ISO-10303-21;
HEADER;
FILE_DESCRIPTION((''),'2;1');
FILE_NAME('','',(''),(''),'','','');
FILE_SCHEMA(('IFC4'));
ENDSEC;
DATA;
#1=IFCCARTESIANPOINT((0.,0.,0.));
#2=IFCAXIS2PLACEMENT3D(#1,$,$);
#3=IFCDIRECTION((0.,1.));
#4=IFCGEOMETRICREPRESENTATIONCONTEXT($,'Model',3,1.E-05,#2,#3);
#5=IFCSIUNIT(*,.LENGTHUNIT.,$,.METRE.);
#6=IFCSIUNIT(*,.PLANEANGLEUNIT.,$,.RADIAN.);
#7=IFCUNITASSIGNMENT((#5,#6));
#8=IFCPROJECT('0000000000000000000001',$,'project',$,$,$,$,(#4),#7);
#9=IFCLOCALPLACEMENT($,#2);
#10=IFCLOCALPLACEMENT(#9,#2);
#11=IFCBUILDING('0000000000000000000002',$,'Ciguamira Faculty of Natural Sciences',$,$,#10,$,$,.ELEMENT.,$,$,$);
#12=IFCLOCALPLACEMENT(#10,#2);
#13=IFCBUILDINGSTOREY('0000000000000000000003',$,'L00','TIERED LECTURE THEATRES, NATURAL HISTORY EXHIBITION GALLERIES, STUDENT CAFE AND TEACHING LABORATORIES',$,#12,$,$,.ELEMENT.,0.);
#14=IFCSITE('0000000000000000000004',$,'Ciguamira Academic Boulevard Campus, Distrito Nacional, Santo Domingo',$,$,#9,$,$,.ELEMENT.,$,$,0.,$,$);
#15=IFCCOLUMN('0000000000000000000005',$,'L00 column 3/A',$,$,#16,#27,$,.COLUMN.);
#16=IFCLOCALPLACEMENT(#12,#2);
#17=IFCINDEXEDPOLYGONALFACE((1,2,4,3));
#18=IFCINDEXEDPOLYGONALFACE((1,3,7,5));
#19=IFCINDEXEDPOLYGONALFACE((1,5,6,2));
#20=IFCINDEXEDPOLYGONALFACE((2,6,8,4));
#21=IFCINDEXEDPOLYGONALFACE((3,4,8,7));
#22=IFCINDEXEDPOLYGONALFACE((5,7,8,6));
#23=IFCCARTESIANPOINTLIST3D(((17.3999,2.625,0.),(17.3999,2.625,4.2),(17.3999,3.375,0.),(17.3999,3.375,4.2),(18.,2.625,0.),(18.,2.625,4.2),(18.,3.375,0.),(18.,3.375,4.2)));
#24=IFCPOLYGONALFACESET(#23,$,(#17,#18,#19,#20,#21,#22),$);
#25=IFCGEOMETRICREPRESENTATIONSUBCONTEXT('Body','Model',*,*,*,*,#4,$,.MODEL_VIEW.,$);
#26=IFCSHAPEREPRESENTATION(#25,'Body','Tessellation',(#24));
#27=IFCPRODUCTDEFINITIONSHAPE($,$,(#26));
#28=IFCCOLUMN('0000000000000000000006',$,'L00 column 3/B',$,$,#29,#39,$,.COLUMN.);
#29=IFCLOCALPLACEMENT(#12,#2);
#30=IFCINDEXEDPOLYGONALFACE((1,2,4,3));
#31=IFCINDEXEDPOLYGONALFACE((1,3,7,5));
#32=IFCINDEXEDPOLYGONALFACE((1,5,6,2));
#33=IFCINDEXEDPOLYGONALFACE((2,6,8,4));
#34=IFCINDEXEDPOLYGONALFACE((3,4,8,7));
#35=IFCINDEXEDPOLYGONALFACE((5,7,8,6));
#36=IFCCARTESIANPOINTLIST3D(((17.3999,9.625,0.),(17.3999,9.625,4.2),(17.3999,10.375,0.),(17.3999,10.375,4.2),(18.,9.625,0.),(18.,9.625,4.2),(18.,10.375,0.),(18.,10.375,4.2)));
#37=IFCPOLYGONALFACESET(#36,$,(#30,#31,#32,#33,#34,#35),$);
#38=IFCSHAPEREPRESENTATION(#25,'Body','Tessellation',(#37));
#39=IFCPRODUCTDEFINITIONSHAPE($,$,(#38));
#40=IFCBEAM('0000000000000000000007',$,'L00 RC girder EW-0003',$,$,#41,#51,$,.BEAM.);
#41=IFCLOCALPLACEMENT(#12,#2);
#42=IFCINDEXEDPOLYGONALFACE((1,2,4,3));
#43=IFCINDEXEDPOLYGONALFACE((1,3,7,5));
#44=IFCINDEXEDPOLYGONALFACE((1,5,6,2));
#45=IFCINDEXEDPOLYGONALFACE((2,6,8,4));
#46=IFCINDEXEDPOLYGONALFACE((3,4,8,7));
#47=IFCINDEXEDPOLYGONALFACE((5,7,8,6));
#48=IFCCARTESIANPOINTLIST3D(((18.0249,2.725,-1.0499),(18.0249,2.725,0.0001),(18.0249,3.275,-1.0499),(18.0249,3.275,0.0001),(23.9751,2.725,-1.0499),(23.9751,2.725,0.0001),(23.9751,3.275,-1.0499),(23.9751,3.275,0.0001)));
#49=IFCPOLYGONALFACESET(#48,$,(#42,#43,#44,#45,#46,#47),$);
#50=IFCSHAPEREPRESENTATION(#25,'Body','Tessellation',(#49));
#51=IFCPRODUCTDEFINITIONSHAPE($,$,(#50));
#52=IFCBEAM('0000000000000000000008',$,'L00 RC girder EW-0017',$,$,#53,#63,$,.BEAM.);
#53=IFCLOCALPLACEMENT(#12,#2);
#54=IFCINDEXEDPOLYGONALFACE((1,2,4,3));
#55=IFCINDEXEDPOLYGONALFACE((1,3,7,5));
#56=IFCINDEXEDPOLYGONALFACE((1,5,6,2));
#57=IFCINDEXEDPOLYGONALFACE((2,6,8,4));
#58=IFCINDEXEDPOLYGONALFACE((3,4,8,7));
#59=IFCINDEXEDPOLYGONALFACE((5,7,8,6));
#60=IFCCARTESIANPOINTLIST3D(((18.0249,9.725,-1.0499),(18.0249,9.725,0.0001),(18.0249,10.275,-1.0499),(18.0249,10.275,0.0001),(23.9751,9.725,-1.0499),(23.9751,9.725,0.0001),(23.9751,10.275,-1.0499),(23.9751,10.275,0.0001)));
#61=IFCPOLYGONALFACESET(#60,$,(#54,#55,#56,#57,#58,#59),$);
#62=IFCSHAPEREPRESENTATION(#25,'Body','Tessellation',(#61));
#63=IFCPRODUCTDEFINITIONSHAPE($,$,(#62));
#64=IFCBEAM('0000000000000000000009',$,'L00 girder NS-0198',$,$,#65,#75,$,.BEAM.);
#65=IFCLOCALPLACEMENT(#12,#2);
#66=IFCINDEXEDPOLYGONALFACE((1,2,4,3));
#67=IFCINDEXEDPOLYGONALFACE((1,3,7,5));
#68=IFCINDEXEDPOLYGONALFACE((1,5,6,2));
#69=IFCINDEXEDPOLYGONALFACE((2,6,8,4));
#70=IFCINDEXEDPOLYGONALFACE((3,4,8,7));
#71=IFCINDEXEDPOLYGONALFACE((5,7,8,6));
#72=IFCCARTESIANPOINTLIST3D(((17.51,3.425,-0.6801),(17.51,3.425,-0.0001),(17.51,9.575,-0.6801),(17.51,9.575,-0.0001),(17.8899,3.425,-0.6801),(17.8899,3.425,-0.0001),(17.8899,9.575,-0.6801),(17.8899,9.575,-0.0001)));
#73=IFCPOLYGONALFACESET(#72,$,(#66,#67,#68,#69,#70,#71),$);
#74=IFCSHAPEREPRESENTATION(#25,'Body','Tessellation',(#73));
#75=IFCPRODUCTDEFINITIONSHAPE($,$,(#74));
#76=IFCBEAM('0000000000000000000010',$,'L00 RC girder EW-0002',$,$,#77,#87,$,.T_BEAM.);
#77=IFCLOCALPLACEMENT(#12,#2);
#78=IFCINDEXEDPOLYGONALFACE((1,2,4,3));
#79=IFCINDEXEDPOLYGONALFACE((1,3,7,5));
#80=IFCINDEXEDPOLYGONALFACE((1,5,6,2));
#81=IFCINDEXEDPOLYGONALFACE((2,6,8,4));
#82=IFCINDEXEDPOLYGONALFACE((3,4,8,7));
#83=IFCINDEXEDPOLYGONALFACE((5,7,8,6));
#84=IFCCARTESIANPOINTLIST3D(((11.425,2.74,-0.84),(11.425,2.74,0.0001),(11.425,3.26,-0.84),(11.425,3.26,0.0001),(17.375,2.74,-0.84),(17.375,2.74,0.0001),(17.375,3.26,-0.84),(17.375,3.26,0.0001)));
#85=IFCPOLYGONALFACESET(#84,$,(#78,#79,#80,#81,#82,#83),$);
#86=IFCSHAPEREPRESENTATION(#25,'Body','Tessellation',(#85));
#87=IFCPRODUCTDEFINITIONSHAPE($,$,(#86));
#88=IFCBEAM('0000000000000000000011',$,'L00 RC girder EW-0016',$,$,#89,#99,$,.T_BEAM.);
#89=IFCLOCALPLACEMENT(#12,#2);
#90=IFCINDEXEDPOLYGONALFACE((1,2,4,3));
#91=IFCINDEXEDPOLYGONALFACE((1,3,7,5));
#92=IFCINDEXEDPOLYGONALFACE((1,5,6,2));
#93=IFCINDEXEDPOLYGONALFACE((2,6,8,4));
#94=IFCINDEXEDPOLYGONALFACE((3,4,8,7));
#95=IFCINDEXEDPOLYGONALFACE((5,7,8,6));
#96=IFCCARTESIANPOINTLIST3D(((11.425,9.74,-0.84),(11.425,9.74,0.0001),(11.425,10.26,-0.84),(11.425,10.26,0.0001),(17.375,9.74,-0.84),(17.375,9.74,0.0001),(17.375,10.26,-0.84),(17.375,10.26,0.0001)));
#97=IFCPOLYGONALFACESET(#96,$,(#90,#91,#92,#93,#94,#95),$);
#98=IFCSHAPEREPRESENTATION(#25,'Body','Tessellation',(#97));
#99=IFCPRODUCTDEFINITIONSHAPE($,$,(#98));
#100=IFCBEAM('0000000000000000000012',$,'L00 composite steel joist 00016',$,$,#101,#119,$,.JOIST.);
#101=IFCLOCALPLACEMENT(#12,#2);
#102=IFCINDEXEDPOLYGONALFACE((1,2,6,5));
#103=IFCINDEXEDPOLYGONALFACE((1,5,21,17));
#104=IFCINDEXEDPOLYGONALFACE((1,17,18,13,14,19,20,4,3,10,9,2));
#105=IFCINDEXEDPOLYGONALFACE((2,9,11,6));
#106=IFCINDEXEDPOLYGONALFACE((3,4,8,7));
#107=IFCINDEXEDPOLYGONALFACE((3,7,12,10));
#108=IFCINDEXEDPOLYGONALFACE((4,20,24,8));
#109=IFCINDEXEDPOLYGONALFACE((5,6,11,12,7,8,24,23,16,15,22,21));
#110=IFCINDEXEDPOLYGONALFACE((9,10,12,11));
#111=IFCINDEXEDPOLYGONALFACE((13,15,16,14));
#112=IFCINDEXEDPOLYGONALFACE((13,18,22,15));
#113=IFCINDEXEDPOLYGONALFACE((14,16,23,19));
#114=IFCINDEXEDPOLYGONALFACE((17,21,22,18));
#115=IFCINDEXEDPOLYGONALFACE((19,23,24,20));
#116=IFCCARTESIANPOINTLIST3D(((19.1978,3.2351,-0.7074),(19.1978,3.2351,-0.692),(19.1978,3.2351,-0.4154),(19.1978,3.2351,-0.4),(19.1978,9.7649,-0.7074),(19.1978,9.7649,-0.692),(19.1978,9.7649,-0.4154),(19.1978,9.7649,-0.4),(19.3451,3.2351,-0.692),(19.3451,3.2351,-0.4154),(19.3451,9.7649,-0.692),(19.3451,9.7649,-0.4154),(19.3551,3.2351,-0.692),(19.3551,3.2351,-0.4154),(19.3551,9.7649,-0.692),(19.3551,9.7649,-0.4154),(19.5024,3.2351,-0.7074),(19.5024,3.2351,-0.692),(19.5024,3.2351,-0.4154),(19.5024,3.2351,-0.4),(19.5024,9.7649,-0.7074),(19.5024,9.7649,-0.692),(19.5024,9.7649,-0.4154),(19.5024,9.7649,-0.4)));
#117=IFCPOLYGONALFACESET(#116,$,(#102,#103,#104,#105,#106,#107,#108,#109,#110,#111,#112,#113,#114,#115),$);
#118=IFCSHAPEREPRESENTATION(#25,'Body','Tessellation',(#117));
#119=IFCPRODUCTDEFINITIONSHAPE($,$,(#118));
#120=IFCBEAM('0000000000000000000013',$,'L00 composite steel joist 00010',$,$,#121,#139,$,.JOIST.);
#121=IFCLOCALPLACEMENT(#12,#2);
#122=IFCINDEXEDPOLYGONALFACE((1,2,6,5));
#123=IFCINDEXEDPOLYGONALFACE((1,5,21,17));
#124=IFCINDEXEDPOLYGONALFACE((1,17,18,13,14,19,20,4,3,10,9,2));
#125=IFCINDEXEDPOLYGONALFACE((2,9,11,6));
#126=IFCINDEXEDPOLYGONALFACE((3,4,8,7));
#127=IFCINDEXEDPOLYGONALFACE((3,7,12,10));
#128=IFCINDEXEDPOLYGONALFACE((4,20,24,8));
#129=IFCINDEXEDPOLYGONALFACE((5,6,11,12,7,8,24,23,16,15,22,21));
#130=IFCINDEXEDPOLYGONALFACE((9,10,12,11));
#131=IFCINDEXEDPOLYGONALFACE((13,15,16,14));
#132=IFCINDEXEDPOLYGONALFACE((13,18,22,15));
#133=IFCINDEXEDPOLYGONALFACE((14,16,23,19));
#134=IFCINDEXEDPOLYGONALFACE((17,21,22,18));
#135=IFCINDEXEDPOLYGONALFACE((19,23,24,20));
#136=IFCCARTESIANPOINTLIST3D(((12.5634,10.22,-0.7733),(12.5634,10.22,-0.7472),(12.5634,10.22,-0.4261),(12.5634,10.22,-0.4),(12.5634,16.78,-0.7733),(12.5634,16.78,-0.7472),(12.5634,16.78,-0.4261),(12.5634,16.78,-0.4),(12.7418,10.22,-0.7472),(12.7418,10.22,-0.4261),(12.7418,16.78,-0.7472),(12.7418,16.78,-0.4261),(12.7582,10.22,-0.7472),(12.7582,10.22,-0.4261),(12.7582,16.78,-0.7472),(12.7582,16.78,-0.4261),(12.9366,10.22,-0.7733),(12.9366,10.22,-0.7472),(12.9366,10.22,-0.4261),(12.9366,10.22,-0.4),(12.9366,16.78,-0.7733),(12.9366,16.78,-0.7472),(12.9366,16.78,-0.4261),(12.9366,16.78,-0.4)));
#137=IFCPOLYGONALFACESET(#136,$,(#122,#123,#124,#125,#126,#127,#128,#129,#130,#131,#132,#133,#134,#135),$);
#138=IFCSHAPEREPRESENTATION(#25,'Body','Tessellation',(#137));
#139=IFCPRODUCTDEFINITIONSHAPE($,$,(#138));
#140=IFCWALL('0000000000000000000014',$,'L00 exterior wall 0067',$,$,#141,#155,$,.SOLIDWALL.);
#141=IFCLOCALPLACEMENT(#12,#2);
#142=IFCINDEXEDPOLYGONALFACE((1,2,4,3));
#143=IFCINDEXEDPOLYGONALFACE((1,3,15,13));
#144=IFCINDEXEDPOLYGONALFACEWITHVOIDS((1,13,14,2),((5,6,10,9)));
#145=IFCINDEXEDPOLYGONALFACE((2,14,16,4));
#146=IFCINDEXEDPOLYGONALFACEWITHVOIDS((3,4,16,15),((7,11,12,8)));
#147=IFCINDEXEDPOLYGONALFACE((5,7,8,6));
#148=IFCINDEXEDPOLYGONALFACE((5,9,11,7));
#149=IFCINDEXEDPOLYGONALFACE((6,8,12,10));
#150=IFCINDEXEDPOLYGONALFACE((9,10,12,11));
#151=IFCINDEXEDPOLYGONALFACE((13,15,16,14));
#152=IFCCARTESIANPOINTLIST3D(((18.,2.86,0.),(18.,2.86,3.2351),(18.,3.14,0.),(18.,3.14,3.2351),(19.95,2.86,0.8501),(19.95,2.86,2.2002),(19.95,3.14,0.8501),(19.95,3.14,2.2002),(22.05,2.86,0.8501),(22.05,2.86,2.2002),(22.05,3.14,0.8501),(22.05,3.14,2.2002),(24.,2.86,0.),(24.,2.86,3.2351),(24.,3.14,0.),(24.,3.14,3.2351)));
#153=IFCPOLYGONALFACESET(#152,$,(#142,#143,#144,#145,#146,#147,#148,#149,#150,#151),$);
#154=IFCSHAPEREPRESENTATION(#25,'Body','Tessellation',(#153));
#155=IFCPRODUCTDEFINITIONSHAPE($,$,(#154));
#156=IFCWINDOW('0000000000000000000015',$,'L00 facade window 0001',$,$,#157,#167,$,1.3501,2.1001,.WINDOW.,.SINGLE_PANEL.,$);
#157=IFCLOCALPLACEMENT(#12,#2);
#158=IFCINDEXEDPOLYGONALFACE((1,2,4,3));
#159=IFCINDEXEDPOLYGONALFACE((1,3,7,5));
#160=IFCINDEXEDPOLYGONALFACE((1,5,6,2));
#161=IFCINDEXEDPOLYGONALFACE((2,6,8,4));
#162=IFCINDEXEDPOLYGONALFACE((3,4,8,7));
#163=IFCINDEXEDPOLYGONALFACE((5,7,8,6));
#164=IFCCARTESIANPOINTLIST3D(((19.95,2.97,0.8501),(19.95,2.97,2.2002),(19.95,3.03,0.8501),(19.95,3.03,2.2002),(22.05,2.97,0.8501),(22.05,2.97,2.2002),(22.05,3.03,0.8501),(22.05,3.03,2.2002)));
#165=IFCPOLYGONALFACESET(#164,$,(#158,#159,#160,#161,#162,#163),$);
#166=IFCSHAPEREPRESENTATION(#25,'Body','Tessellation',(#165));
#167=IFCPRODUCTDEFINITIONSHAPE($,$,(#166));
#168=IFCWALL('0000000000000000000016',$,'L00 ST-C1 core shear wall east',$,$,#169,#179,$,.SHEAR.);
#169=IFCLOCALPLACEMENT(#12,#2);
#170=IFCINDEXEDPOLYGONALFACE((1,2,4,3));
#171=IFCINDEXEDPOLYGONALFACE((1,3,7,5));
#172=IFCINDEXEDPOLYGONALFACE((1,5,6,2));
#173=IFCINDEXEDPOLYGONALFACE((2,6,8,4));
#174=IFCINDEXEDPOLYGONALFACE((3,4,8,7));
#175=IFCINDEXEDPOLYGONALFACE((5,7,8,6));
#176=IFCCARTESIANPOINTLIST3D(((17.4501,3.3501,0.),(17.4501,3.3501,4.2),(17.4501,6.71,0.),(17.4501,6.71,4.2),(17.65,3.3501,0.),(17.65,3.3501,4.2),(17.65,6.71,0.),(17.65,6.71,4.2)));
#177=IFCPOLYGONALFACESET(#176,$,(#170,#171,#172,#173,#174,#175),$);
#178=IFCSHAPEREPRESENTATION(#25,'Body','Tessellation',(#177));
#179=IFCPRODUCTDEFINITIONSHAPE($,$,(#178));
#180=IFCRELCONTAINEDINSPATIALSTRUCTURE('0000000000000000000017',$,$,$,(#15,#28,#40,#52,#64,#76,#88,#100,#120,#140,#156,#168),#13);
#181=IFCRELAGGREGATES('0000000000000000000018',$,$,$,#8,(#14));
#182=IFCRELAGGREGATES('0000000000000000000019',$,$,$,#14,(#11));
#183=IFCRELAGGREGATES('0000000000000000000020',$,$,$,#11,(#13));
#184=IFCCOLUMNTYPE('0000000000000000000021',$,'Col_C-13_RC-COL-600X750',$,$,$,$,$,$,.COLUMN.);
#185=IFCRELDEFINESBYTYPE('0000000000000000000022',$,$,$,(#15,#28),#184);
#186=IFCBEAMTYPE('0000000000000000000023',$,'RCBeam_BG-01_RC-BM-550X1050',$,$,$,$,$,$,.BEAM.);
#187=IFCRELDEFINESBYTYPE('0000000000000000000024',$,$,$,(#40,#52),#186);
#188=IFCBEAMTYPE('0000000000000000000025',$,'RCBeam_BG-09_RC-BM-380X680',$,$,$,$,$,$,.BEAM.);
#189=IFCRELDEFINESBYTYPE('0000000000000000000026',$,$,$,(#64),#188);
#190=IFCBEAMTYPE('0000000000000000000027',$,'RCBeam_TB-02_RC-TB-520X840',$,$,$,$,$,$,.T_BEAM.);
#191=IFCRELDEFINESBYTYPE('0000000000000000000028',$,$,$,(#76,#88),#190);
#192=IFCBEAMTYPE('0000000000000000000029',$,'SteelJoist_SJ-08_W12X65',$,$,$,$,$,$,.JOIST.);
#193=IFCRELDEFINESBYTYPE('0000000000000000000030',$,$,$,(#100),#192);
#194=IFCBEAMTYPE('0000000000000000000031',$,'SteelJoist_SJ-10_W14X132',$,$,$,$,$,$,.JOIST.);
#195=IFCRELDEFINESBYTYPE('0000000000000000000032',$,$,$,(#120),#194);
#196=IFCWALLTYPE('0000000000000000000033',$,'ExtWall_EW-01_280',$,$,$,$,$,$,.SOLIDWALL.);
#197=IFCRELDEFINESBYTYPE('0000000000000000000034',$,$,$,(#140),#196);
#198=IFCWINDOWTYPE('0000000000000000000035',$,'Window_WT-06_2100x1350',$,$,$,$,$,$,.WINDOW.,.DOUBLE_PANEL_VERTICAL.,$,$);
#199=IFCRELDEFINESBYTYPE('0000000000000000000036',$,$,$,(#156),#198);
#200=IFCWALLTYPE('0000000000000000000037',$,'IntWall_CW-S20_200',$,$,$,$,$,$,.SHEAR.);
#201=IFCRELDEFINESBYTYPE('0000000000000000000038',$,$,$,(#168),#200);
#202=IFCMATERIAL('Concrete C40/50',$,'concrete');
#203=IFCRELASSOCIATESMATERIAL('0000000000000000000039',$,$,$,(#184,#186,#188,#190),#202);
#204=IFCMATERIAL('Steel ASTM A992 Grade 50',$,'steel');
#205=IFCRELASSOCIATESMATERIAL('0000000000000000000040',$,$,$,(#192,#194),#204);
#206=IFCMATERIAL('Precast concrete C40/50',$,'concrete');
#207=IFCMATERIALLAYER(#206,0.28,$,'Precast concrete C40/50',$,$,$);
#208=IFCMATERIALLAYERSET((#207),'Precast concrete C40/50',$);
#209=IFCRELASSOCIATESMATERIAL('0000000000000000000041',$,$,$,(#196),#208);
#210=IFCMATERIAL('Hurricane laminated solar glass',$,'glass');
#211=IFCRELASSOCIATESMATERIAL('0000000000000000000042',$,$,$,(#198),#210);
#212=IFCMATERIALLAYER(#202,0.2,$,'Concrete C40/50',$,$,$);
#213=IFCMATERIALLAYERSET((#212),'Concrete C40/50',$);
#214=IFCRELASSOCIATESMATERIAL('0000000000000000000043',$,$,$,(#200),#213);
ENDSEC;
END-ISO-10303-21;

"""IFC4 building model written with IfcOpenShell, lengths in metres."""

from ifc_helpers import new_model, si_unit, direction, frame, frame_2d, origin, origin_2d, place, context, subcontext, project, spatial, rectangle, i_section, extrude, material, layer, layer_set, material_profile, profile_set, type_object, element, fill, save


model = new_model("IFC4")

# Units and contexts
model_context = context("Model", 3, precision=1e-05, world=origin(), true_north=direction((0.0, 1.0)))
body_context = subcontext(model_context, "Body", "Model", "MODEL_VIEW")
ifc_project = project(units=[si_unit("LENGTHUNIT", "METRE"), si_unit("PLANEANGLEUNIT", "RADIAN")], contexts=[model_context])

# Site, building, storey
site_placement = place(None, origin())
site = spatial("IfcSite", under=ifc_project, at=site_placement, Name="Ciguamira Academic Boulevard Campus, Distrito Nacional, Santo Domingo", CompositionType="ELEMENT", RefElevation=0.0)
building_placement = place(site_placement, origin())
building = spatial("IfcBuilding", under=site, at=building_placement, Name="Ciguamira Faculty of Natural Sciences", CompositionType="ELEMENT")
storey_placement = place(building_placement, origin())
storey = spatial("IfcBuildingStorey", under=building, at=storey_placement, Name="L00", Description="TIERED LECTURE THEATRES, NATURAL HISTORY EXHIBITION GALLERIES, STUDENT CAFE AND TEACHING LABORATORIES", CompositionType="ELEMENT", Elevation=0.0)

# Columns
ifc_material_1 = material(Name="Concrete C40/50", Category="concrete")
ifc_material_profile_1 = material_profile(ifc_material_1, rectangle(XDim=0.6001, YDim=0.75, at=origin_2d()), Name="RC-COL-600X750")
ifc_profile_set_1 = profile_set([ifc_material_profile_1], Name="Concrete C40/50")
column_type = type_object("IfcColumnType", Name="Col_C-13_RC-COL-600X750", PredefinedType="COLUMN", material=ifc_profile_set_1)
for number, where, z_axis, x_axis, name in (
    (1, (17.7, 3.0, 0.0), (0.0, 0.0, 1.0), (1.0, 0.0, 0.0), "L00 column 3/A"),
    (2, (17.7, 10.0, 0.0), (0.0, 0.0, 1.0), (1.0, 0.0, 0.0), "L00 column 3/B"),
):
    element("IfcColumn", number, at=place(storey_placement, frame(where, z_axis=z_axis, x_axis=x_axis)), inside=storey, type_object=column_type, Name=name, PredefinedType="COLUMN", context=body_context, shape_type="SweptSolid", body=[
        extrude(rectangle(XDim=0.6001, YDim=0.75, at=origin_2d()), origin(), (0.0, 0.0, 1.0), 4.2),
    ])

# Beams
ifc_material_profile_2 = material_profile(ifc_material_1, rectangle(XDim=0.55, YDim=1.05, at=origin_2d()), Name="RC-BM-550X1050")
ifc_profile_set_2 = profile_set([ifc_material_profile_2], Name="Concrete C40/50")
beam_type_1 = type_object("IfcBeamType", Name="RCBeam_BG-01_RC-BM-550X1050", PredefinedType="BEAM", material=ifc_profile_set_2)
for number, where, z_axis, x_axis, name in (
    (3, (18.0249, 3.0, -0.5249), (1.0, 0.0, 0.0), (0.0, 1.0, 0.0), "L00 RC girder EW-0003"),
    (4, (18.0249, 10.0, -0.5249), (1.0, 0.0, 0.0), (0.0, 1.0, 0.0), "L00 RC girder EW-0017"),
):
    element("IfcBeam", number, at=place(storey_placement, frame(where, z_axis=z_axis, x_axis=x_axis)), inside=storey, type_object=beam_type_1, Name=name, PredefinedType="BEAM", context=body_context, shape_type="SweptSolid", body=[
        extrude(rectangle(XDim=0.55, YDim=1.05, at=origin_2d()), origin(), (0.0, 0.0, 1.0), 5.9502),
    ])
ifc_material_profile_3 = material_profile(ifc_material_1, rectangle(XDim=0.3799, YDim=0.6799, at=origin_2d()), Name="RC-BM-380X680")
ifc_profile_set_3 = profile_set([ifc_material_profile_3], Name="Concrete C40/50")
beam_type_2 = type_object("IfcBeamType", Name="RCBeam_BG-09_RC-BM-380X680", PredefinedType="BEAM", material=ifc_profile_set_3)
beam_1_placement = place(storey_placement, frame((17.7, 3.425, -0.3401), z_axis=(0.0, 1.0, 0.0), x_axis=(-1.0, 0.0, 0.0)))
element("IfcBeam", 5, at=beam_1_placement, inside=storey, type_object=beam_type_2, Name="L00 girder NS-0198", PredefinedType="BEAM", context=body_context, shape_type="SweptSolid", body=[
    extrude(rectangle(XDim=0.3799, YDim=0.6799, at=origin_2d()), origin(), (0.0, 0.0, 1.0), 6.1499),
])
ifc_material_profile_4 = material_profile(ifc_material_1, rectangle(XDim=0.52, YDim=0.8401, at=origin_2d()), Name="RC-TB-520X840")
ifc_profile_set_4 = profile_set([ifc_material_profile_4], Name="Concrete C40/50")
beam_type_3 = type_object("IfcBeamType", Name="RCBeam_TB-02_RC-TB-520X840", PredefinedType="T_BEAM", material=ifc_profile_set_4)
for number, where, z_axis, x_axis, name in (
    (6, (11.425, 3.0, -0.4199), (1.0, 0.0, 0.0), (0.0, 1.0, 0.0), "L00 RC girder EW-0002"),
    (7, (11.425, 10.0, -0.4199), (1.0, 0.0, 0.0), (0.0, 1.0, 0.0), "L00 RC girder EW-0016"),
):
    element("IfcBeam", number, at=place(storey_placement, frame(where, z_axis=z_axis, x_axis=x_axis)), inside=storey, type_object=beam_type_3, Name=name, PredefinedType="T_BEAM", context=body_context, shape_type="SweptSolid", body=[
        extrude(rectangle(XDim=0.52, YDim=0.8401, at=origin_2d()), origin(), (0.0, 0.0, 1.0), 5.95),
    ])
ifc_material_2 = material(Name="Steel ASTM A992 Grade 50", Category="steel")
ifc_material_profile_5 = material_profile(ifc_material_2, i_section(OverallWidth=0.3047, OverallDepth=0.3074, WebThickness=0.01, FlangeThickness=0.0154, at=origin_2d()), Name="W12X65")
ifc_profile_set_5 = profile_set([ifc_material_profile_5], Name="Steel ASTM A992 Grade 50")
beam_type_4 = type_object("IfcBeamType", Name="SteelJoist_SJ-08_W12X65", PredefinedType="JOIST", material=ifc_profile_set_5)
beam_2_placement = place(storey_placement, frame((19.3501, 3.2351, -0.5537), z_axis=(0.0, 1.0, 0.0), x_axis=(-1.0, 0.0, 0.0)))
element("IfcBeam", 8, at=beam_2_placement, inside=storey, type_object=beam_type_4, Name="L00 composite steel joist 00016", PredefinedType="JOIST", context=body_context, shape_type="SweptSolid", body=[
    extrude(i_section(OverallWidth=0.3047, OverallDepth=0.3074, WebThickness=0.01, FlangeThickness=0.0154, at=origin_2d()), origin(), (0.0, 0.0, 1.0), 6.5298),
])
ifc_material_profile_6 = material_profile(ifc_material_2, i_section(OverallWidth=0.3733, OverallDepth=0.3733, WebThickness=0.0164, FlangeThickness=0.0261, at=origin_2d()), Name="W14X132")
ifc_profile_set_6 = profile_set([ifc_material_profile_6], Name="Steel ASTM A992 Grade 50")
beam_type_5 = type_object("IfcBeamType", Name="SteelJoist_SJ-10_W14X132", PredefinedType="JOIST", material=ifc_profile_set_6)
beam_3_placement = place(storey_placement, frame((12.75, 10.22, -0.5867), z_axis=(0.0, 1.0, 0.0), x_axis=(-1.0, 0.0, 0.0)))
element("IfcBeam", 9, at=beam_3_placement, inside=storey, type_object=beam_type_5, Name="L00 composite steel joist 00010", PredefinedType="JOIST", context=body_context, shape_type="SweptSolid", body=[
    extrude(i_section(OverallWidth=0.3733, OverallDepth=0.3733, WebThickness=0.0164, FlangeThickness=0.0261, at=origin_2d()), origin(), (0.0, 0.0, 1.0), 6.5601),
])

# Wall, opening, window
ifc_material_3 = material(Name="Precast concrete C40/50", Category="concrete")
ifc_layer_1 = layer(ifc_material_3, 0.28, Name="Precast concrete C40/50")
ifc_layer_set_1 = layer_set([ifc_layer_1], Name="Precast concrete C40/50")
wall_type_1 = type_object("IfcWallType", Name="ExtWall_EW-01_280", PredefinedType="SOLIDWALL", material=ifc_layer_set_1)
wall_1_placement = place(storey_placement, frame((18.0, 3.0, 0.0), z_axis=(0.0, 0.0, 1.0), x_axis=(1.0, 0.0, 0.0)))
wall_1 = element("IfcWall", 10, at=wall_1_placement, inside=storey, type_object=wall_type_1, Name="L00 exterior wall 0067", PredefinedType="SOLIDWALL", context=body_context, shape_type="SweptSolid", body=[
    extrude(rectangle(XDim=6.0, YDim=0.28, at=frame_2d((3.0, 0.0))), origin(), (0.0, 0.0, 1.0), 3.2351),
])
opening_placement = place(wall_1_placement, frame((1.95, 0.0, 0.8501)))
opening = element("IfcOpeningElement", 11, at=opening_placement, cuts=wall_1, PredefinedType="OPENING", context=body_context, shape_type="SweptSolid", body=[
    extrude(rectangle(XDim=2.1001, YDim=1.3501, at=frame_2d((1.05, 0.675))), frame((0.0, 0.1499, 0.0), z_axis=(0.0, -1.0, 0.0), x_axis=(1.0, 0.0, 0.0)), (0.0, 0.0, 1.0), 0.3),
])
ifc_material_4 = material(Name="Hurricane laminated solar glass", Category="glass")
window_type = type_object("IfcWindowType", Name="Window_WT-06_2100x1350", PartitioningType="DOUBLE_PANEL_VERTICAL", PredefinedType="WINDOW", material=ifc_material_4)
window_placement = place(opening_placement, origin())
window = element("IfcWindow", 12, at=window_placement, inside=storey, type_object=window_type, Name="L00 facade window 0001", OverallHeight=1.3501, OverallWidth=2.1001, PartitioningType="SINGLE_PANEL", PredefinedType="WINDOW", context=body_context, shape_type="SweptSolid", body=[
    extrude(rectangle(XDim=2.1001, YDim=1.3501, at=frame_2d((1.05, 0.675))), frame((0.0, 0.03, 0.0), z_axis=(0.0, -1.0, 0.0), x_axis=(1.0, 0.0, 0.0)), (0.0, 0.0, 1.0), 0.0601),
])
fill(opening, window)

# Wall
ifc_layer_2 = layer(ifc_material_1, 0.2, Name="Concrete C40/50")
ifc_layer_set_2 = layer_set([ifc_layer_2], Name="Concrete C40/50")
wall_type_2 = type_object("IfcWallType", Name="IntWall_CW-S20_200", PredefinedType="SHEAR", material=ifc_layer_set_2)
wall_2_placement = place(storey_placement, frame((17.55, 3.3501, 0.0), z_axis=(0.0, 0.0, 1.0), x_axis=(0.0, 1.0, 0.0)))
element("IfcWall", 13, at=wall_2_placement, inside=storey, type_object=wall_type_2, Name="L00 ST-C1 core shear wall east", PredefinedType="SHEAR", context=body_context, shape_type="SweptSolid", body=[
    extrude(rectangle(XDim=3.3599, YDim=0.2, at=frame_2d((1.6799, 0.0))), origin(), (0.0, 0.0, 1.0), 4.2),
])

save(model, "model.ifc")
